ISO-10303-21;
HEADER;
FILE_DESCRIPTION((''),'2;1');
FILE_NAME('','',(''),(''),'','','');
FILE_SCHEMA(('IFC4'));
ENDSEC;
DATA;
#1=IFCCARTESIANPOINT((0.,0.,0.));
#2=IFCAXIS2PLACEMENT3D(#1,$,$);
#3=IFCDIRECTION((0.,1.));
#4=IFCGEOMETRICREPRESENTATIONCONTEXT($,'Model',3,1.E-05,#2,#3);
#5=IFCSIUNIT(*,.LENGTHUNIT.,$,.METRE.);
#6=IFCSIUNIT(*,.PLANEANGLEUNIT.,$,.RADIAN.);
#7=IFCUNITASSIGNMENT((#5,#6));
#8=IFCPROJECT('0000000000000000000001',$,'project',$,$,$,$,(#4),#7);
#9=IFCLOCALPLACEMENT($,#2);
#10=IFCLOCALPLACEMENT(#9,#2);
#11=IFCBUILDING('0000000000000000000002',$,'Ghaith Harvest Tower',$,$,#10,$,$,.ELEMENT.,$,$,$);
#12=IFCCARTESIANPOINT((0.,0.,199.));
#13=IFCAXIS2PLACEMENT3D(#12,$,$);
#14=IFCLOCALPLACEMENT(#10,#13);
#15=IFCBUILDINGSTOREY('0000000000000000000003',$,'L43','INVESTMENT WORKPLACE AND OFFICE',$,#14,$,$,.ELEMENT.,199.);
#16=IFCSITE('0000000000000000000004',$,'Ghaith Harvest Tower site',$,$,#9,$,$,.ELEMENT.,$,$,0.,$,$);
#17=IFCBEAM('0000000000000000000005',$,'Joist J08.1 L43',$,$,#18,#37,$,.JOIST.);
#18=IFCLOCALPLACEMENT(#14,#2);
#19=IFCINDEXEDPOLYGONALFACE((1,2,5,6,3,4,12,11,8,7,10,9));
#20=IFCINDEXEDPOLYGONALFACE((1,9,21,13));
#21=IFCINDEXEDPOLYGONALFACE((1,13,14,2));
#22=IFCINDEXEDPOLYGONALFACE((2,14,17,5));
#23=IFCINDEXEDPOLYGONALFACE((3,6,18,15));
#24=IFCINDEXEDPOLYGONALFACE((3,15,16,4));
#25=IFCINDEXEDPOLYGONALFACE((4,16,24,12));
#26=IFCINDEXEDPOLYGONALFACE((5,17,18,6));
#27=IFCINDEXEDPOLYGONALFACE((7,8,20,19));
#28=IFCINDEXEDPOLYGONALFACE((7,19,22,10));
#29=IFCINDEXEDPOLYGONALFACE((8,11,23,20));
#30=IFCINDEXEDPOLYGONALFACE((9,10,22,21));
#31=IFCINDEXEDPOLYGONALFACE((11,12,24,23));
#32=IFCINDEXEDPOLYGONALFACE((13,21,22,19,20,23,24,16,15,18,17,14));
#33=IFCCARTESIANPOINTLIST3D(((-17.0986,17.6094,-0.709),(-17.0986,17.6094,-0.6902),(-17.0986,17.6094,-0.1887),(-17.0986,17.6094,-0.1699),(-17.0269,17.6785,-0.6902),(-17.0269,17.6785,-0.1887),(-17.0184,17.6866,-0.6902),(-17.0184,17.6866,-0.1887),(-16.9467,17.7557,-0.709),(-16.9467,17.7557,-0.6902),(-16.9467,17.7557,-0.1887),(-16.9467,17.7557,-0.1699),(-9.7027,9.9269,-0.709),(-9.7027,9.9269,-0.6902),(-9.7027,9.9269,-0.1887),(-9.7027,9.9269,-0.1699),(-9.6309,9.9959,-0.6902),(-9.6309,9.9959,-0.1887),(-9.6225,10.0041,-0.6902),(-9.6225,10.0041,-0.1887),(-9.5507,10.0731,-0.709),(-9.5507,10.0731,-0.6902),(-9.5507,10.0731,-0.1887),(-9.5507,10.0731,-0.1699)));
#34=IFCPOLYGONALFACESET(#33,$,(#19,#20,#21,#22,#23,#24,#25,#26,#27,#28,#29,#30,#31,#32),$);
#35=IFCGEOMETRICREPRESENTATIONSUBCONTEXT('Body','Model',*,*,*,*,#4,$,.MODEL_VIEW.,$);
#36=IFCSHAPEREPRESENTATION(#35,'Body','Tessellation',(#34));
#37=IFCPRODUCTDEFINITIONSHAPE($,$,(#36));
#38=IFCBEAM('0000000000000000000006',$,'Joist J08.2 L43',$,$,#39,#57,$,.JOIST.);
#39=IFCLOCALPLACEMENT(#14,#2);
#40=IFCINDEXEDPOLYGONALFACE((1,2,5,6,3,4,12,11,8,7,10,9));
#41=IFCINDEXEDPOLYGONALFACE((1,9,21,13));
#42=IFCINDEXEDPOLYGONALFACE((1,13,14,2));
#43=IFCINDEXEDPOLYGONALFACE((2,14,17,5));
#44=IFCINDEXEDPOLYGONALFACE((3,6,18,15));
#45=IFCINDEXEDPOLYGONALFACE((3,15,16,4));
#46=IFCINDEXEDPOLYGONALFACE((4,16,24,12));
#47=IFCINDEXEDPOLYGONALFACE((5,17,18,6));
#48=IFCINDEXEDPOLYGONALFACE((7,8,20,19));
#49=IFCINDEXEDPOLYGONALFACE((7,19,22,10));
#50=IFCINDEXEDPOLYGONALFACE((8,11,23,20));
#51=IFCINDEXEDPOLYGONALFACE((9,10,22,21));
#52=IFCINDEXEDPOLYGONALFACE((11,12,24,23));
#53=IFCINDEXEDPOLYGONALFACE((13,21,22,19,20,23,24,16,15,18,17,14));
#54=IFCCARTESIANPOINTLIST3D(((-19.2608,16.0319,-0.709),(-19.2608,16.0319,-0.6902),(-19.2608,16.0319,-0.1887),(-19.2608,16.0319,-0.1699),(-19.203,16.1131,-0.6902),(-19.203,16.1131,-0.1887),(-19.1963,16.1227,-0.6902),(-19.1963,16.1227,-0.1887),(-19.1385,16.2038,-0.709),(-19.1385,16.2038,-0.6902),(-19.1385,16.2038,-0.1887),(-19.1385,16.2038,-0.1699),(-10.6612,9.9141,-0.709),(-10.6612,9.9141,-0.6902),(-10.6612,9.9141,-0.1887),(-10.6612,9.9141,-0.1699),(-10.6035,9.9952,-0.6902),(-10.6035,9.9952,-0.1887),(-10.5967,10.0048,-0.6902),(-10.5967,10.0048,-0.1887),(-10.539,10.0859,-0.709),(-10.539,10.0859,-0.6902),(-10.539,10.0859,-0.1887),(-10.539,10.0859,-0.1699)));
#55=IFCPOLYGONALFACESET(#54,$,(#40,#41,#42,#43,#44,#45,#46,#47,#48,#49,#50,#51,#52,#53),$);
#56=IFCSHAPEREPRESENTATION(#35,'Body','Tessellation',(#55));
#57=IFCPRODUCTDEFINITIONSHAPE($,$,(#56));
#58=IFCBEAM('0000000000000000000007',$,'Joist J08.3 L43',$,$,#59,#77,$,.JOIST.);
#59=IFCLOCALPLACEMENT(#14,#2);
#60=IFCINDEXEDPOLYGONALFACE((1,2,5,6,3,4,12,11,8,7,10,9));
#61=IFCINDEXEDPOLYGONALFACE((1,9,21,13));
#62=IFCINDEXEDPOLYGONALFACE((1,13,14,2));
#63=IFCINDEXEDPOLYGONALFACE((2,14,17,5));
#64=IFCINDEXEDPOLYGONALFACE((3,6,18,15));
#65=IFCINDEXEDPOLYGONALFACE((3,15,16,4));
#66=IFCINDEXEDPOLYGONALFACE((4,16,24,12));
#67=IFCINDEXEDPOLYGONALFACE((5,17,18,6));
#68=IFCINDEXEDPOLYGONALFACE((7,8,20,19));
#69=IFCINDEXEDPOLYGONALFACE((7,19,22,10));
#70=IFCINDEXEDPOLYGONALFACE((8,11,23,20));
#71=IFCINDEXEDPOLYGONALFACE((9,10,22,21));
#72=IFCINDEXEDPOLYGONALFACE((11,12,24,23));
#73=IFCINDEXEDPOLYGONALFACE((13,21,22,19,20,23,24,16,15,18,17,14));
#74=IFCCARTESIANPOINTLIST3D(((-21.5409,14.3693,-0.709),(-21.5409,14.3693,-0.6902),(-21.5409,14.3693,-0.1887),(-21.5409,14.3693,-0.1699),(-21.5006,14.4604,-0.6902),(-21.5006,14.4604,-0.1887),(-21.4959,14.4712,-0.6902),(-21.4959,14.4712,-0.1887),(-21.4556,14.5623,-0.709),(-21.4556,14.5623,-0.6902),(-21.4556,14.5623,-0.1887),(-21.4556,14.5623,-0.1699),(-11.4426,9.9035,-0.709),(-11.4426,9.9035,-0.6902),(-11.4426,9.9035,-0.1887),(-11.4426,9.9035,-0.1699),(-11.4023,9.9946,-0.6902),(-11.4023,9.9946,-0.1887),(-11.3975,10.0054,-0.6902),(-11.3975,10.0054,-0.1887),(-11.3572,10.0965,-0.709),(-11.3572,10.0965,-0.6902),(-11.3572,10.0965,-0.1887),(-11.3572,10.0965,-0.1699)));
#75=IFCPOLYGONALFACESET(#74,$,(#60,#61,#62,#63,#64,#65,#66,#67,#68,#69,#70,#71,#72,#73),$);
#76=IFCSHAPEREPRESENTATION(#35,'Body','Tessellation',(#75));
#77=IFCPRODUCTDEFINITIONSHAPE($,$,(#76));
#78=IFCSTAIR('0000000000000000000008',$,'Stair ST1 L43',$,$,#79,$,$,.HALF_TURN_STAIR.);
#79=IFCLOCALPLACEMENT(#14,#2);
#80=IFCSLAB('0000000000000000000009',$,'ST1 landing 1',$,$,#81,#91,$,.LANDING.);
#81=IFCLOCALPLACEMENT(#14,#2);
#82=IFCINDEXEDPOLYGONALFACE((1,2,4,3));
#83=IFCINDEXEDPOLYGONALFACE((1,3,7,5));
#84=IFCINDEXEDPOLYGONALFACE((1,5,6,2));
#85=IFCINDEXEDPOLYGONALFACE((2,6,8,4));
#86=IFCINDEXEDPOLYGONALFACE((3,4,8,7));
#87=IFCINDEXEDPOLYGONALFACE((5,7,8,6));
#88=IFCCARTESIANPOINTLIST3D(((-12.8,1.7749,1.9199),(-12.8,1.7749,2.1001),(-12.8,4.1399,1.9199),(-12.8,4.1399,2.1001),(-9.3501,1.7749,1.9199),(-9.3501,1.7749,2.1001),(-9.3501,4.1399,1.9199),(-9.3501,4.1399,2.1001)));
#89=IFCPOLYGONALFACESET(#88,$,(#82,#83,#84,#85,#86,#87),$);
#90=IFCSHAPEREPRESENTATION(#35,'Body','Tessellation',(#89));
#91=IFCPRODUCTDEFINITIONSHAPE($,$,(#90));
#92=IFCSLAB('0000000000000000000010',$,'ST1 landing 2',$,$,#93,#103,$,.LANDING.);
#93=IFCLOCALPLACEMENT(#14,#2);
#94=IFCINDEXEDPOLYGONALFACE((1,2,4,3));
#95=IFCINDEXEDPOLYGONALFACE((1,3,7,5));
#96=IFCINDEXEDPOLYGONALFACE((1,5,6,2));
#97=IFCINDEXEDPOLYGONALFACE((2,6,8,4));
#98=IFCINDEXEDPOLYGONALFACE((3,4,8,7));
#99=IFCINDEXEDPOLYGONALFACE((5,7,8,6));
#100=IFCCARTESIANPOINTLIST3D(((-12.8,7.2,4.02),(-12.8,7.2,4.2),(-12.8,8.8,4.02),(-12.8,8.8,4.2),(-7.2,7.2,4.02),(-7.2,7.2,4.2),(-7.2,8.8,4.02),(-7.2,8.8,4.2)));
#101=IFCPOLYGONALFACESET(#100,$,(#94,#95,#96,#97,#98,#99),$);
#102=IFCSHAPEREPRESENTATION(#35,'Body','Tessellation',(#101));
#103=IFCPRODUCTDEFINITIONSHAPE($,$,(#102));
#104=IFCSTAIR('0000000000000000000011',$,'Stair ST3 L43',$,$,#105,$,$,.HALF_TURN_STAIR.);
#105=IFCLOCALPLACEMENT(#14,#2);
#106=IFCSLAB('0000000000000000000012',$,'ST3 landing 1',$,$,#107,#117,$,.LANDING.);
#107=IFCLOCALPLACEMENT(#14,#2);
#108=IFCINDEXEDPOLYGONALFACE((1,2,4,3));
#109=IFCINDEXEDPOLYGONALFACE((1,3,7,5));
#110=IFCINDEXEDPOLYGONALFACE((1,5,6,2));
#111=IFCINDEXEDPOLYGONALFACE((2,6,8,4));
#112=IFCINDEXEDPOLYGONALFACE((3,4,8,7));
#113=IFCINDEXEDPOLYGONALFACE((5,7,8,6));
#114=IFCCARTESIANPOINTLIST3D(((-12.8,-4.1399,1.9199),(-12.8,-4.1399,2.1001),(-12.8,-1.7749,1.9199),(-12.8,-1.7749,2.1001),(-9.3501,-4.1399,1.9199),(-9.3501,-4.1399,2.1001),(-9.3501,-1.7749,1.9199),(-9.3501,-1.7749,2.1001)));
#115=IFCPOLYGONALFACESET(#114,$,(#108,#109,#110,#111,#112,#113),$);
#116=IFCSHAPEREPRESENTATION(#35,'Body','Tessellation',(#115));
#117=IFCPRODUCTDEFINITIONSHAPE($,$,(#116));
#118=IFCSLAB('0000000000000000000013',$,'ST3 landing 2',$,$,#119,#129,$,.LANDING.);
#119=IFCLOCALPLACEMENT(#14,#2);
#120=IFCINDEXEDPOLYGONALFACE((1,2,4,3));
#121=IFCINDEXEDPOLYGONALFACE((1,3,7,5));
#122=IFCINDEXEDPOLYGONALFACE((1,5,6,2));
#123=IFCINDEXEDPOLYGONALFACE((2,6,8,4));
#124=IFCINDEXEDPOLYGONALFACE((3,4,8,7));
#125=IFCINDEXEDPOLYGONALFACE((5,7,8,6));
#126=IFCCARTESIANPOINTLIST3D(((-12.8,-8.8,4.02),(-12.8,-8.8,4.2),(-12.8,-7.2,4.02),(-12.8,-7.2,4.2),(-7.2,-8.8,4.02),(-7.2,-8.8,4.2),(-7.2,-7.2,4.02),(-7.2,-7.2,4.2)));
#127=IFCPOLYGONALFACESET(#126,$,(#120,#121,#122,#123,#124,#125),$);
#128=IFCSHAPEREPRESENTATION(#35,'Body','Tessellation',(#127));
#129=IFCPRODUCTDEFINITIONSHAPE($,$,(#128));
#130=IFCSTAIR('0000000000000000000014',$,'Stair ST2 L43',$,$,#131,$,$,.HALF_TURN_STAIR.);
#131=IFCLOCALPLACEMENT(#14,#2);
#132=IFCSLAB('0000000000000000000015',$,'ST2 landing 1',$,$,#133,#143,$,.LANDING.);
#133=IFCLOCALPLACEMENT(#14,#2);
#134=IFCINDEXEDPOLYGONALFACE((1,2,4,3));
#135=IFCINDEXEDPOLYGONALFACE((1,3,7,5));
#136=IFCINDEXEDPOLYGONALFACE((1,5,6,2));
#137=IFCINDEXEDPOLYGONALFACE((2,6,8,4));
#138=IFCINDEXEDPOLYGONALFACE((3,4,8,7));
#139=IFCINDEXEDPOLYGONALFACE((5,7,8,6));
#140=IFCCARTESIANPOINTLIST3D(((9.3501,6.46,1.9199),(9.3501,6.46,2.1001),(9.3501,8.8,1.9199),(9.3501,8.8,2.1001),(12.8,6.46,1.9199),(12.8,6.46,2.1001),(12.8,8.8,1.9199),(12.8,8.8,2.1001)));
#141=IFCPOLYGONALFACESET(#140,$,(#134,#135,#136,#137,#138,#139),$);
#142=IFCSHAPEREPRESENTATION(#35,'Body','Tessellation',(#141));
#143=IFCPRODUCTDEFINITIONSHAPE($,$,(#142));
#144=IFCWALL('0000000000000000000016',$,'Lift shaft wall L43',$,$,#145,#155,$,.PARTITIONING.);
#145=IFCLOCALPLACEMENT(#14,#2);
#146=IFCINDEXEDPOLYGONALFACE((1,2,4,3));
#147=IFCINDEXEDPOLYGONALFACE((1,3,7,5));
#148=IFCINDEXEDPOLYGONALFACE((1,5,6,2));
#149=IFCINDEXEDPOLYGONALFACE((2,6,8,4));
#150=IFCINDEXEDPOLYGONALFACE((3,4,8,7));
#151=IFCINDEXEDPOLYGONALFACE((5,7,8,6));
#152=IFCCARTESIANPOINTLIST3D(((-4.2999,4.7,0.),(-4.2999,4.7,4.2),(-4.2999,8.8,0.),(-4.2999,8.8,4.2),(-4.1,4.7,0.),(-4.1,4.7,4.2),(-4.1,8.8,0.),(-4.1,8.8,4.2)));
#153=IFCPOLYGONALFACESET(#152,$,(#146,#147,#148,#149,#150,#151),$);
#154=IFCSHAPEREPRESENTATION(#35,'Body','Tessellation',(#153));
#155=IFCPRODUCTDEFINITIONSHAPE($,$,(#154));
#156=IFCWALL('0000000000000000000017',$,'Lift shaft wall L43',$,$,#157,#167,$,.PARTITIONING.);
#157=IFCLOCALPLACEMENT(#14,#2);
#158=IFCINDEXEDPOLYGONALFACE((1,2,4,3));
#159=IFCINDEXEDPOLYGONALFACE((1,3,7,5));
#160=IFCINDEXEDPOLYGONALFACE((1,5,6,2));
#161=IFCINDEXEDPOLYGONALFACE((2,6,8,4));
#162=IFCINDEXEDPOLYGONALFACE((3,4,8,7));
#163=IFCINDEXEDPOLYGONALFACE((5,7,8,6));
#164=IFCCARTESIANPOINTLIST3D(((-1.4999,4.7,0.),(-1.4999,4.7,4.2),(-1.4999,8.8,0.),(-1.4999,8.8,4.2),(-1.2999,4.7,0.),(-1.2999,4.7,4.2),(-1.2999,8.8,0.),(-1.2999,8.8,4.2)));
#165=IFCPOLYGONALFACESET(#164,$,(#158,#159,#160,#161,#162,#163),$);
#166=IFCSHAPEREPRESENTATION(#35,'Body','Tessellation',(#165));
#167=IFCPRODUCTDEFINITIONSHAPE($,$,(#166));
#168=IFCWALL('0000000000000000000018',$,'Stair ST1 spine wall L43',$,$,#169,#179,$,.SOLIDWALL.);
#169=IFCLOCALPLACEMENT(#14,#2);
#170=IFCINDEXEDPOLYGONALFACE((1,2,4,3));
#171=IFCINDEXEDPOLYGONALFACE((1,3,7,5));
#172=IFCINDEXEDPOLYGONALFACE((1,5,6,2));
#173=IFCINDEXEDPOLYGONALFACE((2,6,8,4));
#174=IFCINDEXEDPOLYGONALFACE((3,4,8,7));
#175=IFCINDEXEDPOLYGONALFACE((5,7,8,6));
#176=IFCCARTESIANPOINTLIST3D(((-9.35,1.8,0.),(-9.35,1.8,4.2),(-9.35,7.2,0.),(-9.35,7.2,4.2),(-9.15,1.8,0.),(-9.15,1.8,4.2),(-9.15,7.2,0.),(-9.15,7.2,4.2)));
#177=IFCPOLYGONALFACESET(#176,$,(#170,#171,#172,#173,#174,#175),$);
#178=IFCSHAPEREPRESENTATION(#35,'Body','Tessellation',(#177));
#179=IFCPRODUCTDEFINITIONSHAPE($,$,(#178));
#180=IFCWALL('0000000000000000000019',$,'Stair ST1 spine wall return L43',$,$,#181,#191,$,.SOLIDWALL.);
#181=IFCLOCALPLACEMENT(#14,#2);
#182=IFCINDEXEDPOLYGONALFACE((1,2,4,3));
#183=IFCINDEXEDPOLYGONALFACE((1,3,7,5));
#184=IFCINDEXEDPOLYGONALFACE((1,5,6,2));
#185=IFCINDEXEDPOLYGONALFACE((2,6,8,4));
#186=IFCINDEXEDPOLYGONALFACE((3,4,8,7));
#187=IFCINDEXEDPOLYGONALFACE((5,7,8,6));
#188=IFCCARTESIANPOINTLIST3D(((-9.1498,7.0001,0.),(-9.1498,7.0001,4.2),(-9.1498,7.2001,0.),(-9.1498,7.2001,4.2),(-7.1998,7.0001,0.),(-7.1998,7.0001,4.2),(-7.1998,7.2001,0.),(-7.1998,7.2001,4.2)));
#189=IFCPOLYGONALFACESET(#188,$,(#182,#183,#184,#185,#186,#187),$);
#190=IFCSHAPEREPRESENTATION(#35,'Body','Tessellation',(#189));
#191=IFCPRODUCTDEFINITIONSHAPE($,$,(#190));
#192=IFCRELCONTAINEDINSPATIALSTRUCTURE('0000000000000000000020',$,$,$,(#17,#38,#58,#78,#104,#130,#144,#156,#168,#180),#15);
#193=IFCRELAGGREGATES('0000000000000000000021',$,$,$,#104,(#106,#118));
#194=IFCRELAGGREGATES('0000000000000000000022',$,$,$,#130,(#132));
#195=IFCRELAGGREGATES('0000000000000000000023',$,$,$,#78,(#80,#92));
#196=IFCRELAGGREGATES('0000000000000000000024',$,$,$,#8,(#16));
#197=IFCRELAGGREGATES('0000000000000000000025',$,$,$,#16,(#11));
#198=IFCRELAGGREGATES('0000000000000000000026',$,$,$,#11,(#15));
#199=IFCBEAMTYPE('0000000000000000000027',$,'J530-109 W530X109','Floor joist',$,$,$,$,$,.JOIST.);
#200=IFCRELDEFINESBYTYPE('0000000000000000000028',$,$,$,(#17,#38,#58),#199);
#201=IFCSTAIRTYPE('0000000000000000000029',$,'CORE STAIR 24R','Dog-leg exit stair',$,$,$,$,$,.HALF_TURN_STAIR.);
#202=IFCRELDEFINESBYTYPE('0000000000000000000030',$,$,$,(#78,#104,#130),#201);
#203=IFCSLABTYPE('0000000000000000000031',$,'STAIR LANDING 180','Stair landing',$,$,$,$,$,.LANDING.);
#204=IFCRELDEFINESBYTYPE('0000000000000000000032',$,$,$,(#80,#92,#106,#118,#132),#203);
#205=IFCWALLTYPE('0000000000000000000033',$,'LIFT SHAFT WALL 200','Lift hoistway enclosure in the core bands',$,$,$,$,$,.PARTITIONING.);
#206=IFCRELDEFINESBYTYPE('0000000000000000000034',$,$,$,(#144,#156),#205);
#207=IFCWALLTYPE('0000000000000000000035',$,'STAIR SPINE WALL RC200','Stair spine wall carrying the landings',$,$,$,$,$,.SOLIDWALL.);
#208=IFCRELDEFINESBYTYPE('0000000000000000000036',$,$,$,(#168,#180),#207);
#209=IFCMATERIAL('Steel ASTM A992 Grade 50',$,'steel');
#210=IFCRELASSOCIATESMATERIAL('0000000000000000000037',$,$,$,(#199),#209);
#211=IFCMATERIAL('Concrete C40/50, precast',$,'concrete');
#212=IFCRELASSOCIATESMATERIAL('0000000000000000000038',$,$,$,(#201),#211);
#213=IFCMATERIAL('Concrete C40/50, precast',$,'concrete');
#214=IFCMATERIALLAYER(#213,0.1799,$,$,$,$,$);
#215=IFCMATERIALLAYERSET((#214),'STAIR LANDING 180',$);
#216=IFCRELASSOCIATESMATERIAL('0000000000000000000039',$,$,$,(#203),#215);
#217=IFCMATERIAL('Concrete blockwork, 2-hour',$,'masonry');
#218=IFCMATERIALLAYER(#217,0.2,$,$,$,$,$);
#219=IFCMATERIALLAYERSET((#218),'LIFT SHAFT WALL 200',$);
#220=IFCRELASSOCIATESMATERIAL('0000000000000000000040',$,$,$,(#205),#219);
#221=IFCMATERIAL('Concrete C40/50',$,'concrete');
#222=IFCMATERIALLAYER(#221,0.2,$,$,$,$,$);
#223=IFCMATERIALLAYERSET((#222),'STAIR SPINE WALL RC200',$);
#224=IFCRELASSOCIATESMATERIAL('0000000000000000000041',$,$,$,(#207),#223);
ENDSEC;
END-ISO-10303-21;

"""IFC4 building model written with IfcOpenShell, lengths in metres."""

from ifc_helpers import new_model, si_unit, direction, frame, frame_2d, origin, origin_2d, place, context, subcontext, project, spatial, polyline, rectangle, i_section, outline, extrude, material, layer, layer_set, material_profile, profile_set, type_object, element, aggregate, save


model = new_model("IFC4")

# Units and contexts
model_context = context("Model", 3, precision=1e-05, world=origin(), true_north=direction((0.0, 1.0)))
body_context = subcontext(model_context, "Body", "Model", "MODEL_VIEW")
ifc_project = project(units=[si_unit("LENGTHUNIT", "METRE"), si_unit("PLANEANGLEUNIT", "RADIAN")], contexts=[model_context])

# Site, building, storey
site_placement = place(None, origin())
site = spatial("IfcSite", under=ifc_project, at=site_placement, Name="Ghaith Harvest Tower site", CompositionType="ELEMENT", RefElevation=0.0)
building_placement = place(site_placement, origin())
building = spatial("IfcBuilding", under=site, at=building_placement, Name="Ghaith Harvest Tower", CompositionType="ELEMENT")
storey_placement = place(building_placement, frame((0.0, 0.0, 199.0)))
storey = spatial("IfcBuildingStorey", under=building, at=storey_placement, Name="L43", Description="INVESTMENT WORKPLACE AND OFFICE", CompositionType="ELEMENT", Elevation=199.0)

# Beams
ifc_material_1 = material(Name="Steel ASTM A992 Grade 50", Category="steel")
ifc_material_profile_1 = material_profile(ifc_material_1, i_section(OverallWidth=0.2109, OverallDepth=0.5391, WebThickness=0.0117, FlangeThickness=0.0188, at=origin_2d()), Name="W530X109")
ifc_profile_set_1 = profile_set([ifc_material_profile_1], Name="Steel ASTM A992 Grade 50")
beam_type_1 = type_object("IfcBeamType", Name="J530-109 W530X109", Description="Floor joist", PredefinedType="JOIST", material=ifc_profile_set_1)
beam_1_placement = place(storey_placement, frame((-9.6267, 10.0, -0.4395), z_axis=(-0.69354, 0.720418, 0.0), x_axis=(-0.720418, -0.69354, 0.0)))
element("IfcBeam", 1, at=beam_1_placement, inside=storey, type_object=beam_type_1, Name="Joist J08.1 L43", PredefinedType="JOIST", context=body_context, shape_type="SweptSolid", body=[
    extrude(i_section(OverallWidth=0.2109, OverallDepth=0.5391, WebThickness=0.0117, FlangeThickness=0.0188, at=origin_2d()), origin(), (0.0, 0.0, 1.0), 10.6641),
])
beam_2_placement = place(storey_placement, frame((-10.6001, 10.0, -0.4395), z_axis=(-0.814837, 0.57969, 0.0), x_axis=(-0.57969, -0.814837, 0.0)))
element("IfcBeam", 2, at=beam_2_placement, inside=storey, type_object=beam_type_1, Name="Joist J08.2 L43", PredefinedType="JOIST", context=body_context, shape_type="SweptSolid", body=[
    extrude(i_section(OverallWidth=0.2109, OverallDepth=0.5391, WebThickness=0.0117, FlangeThickness=0.0188, at=origin_2d()), origin(), (0.0, 0.0, 1.0), 10.5537),
])
beam_3_placement = place(storey_placement, frame((-11.3999, 10.0, -0.4395), z_axis=(-0.914561, 0.404447, 0.0), x_axis=(-0.404447, -0.914561, 0.0)))
element("IfcBeam", 3, at=beam_3_placement, inside=storey, type_object=beam_type_1, Name="Joist J08.3 L43", PredefinedType="JOIST", context=body_context, shape_type="SweptSolid", body=[
    extrude(i_section(OverallWidth=0.2109, OverallDepth=0.5391, WebThickness=0.0117, FlangeThickness=0.0188, at=origin_2d()), origin(), (0.0, 0.0, 1.0), 11.0417),
])

# Stairs, slabs
ifc_material_2 = material(Name="Concrete C40/50, precast", Category="concrete")
stair_type = type_object("IfcStairType", Name="CORE STAIR 24R", Description="Dog-leg exit stair", PredefinedType="HALF_TURN_STAIR", material=ifc_material_2)
stair_1_placement = place(storey_placement, origin())
stair_1 = element("IfcStair", 4, at=stair_1_placement, inside=storey, type_object=stair_type, Name="Stair ST1 L43", PredefinedType="HALF_TURN_STAIR")
ifc_material_3 = material(Name="Concrete C40/50, precast", Category="concrete")
ifc_layer_1 = layer(ifc_material_3, 0.1799)
ifc_layer_set_1 = layer_set([ifc_layer_1], Name="STAIR LANDING 180")
slab_type = type_object("IfcSlabType", Name="STAIR LANDING 180", Description="Stair landing", PredefinedType="LANDING", material=ifc_layer_set_1)
slab_1_placement = place(storey_placement, frame((0.0, 0.0, 1.9199)))
slab_1 = element("IfcSlab", 5, at=slab_1_placement, type_object=slab_type, Name="ST1 landing 1", PredefinedType="LANDING", context=body_context, shape_type="SweptSolid", body=[
    extrude(outline(polyline([(-12.8, 4.1399), (-12.8, 1.7749), (-9.3501, 1.7749), (-9.3501, 4.1399), (-12.8, 4.1399)])), origin(), (0.0, 0.0, 1.0), 0.1802),
])
slab_2_placement = place(storey_placement, frame((0.0, 0.0, 4.02)))
slab_2 = element("IfcSlab", 6, at=slab_2_placement, type_object=slab_type, Name="ST1 landing 2", PredefinedType="LANDING", context=body_context, shape_type="SweptSolid", body=[
    extrude(outline(polyline([(-12.8, 8.8), (-12.8, 7.2), (-7.2, 7.2), (-7.2, 8.8), (-12.8, 8.8)])), origin(), (0.0, 0.0, 1.0), 0.1799),
])
stair_2_placement = place(storey_placement, origin())
stair_2 = element("IfcStair", 7, at=stair_2_placement, inside=storey, type_object=stair_type, Name="Stair ST3 L43", PredefinedType="HALF_TURN_STAIR")
slab_3_placement = place(storey_placement, frame((0.0, 0.0, 1.9199)))
slab_3 = element("IfcSlab", 8, at=slab_3_placement, type_object=slab_type, Name="ST3 landing 1", PredefinedType="LANDING", context=body_context, shape_type="SweptSolid", body=[
    extrude(outline(polyline([(-12.8, -4.1399), (-12.8, -1.7749), (-9.3501, -1.7749), (-9.3501, -4.1399), (-12.8, -4.1399)])), origin(), (0.0, 0.0, 1.0), 0.1802),
])
slab_4_placement = place(storey_placement, frame((0.0, 0.0, 4.02)))
slab_4 = element("IfcSlab", 9, at=slab_4_placement, type_object=slab_type, Name="ST3 landing 2", PredefinedType="LANDING", context=body_context, shape_type="SweptSolid", body=[
    extrude(outline(polyline([(-12.8, -8.8), (-12.8, -7.2), (-7.2, -7.2), (-7.2, -8.8), (-12.8, -8.8)])), origin(), (0.0, 0.0, 1.0), 0.1799),
])
aggregate(stair_2, [slab_3, slab_4])

# Stair, slab
stair_3_placement = place(storey_placement, origin())
stair_3 = element("IfcStair", 10, at=stair_3_placement, inside=storey, type_object=stair_type, Name="Stair ST2 L43", PredefinedType="HALF_TURN_STAIR")
slab_5_placement = place(storey_placement, frame((0.0, 0.0, 1.9199)))
slab_5 = element("IfcSlab", 11, at=slab_5_placement, type_object=slab_type, Name="ST2 landing 1", PredefinedType="LANDING", context=body_context, shape_type="SweptSolid", body=[
    extrude(outline(polyline([(12.8, 6.46), (12.8, 8.8), (9.3501, 8.8), (9.3501, 6.46), (12.8, 6.46)])), origin(), (0.0, 0.0, 1.0), 0.1802),
])
aggregate(stair_3, [slab_5])

# Walls
ifc_material_4 = material(Name="Concrete blockwork, 2-hour", Category="masonry")
ifc_layer_2 = layer(ifc_material_4, 0.2)
ifc_layer_set_2 = layer_set([ifc_layer_2], Name="LIFT SHAFT WALL 200")
wall_type_1 = type_object("IfcWallType", Name="LIFT SHAFT WALL 200", Description="Lift hoistway enclosure in the core bands", PredefinedType="PARTITIONING", material=ifc_layer_set_2)
for number, where, z_axis, x_axis, name in (
    (12, (-4.2, 4.7, 0.0), (0.0, 0.0, 1.0), (0.0, 1.0, 0.0), "Lift shaft wall L43"),
    (13, (-1.3999, 4.7, 0.0), (0.0, 0.0, 1.0), (0.0, 1.0, 0.0), "Lift shaft wall L43"),
):
    element("IfcWall", number, at=place(storey_placement, frame(where, z_axis=z_axis, x_axis=x_axis)), inside=storey, type_object=wall_type_1, Name=name, PredefinedType="PARTITIONING", context=body_context, shape_type="SweptSolid", body=[
        extrude(rectangle(XDim=4.1001, YDim=0.2, at=frame_2d((2.05, 0.0))), origin(), (0.0, 0.0, 1.0), 4.2),
    ])

# Walls
ifc_material_5 = material(Name="Concrete C40/50", Category="concrete")
ifc_layer_3 = layer(ifc_material_5, 0.2)
ifc_layer_set_3 = layer_set([ifc_layer_3], Name="STAIR SPINE WALL RC200")
wall_type_2 = type_object("IfcWallType", Name="STAIR SPINE WALL RC200", Description="Stair spine wall carrying the landings", PredefinedType="SOLIDWALL", material=ifc_layer_set_3)
wall_1_placement = place(storey_placement, frame((-9.25, 7.2, 0.0), z_axis=(0.0, 0.0, 1.0), x_axis=(0.0, -1.0, 0.0)))
element("IfcWall", 14, at=wall_1_placement, inside=storey, type_object=wall_type_2, Name="Stair ST1 spine wall L43", PredefinedType="SOLIDWALL", context=body_context, shape_type="SweptSolid", body=[
    extrude(rectangle(XDim=5.3999, YDim=0.2, at=frame_2d((2.7, 0.0))), origin(), (0.0, 0.0, 1.0), 4.2),
])
wall_2_placement = place(storey_placement, frame((-9.1499, 7.1001, 0.0), z_axis=(0.0, 0.0, 1.0), x_axis=(1.0, 0.0, 0.0)))
element("IfcWall", 15, at=wall_2_placement, inside=storey, type_object=wall_type_2, Name="Stair ST1 spine wall return L43", PredefinedType="SOLIDWALL", context=body_context, shape_type="SweptSolid", body=[
    extrude(rectangle(XDim=1.95, YDim=0.2, at=frame_2d((0.9751, 0.0))), origin(), (0.0, 0.0, 1.0), 4.2),
])

aggregate(stair_1, [slab_1, slab_2])

save(model, "model.ifc")
